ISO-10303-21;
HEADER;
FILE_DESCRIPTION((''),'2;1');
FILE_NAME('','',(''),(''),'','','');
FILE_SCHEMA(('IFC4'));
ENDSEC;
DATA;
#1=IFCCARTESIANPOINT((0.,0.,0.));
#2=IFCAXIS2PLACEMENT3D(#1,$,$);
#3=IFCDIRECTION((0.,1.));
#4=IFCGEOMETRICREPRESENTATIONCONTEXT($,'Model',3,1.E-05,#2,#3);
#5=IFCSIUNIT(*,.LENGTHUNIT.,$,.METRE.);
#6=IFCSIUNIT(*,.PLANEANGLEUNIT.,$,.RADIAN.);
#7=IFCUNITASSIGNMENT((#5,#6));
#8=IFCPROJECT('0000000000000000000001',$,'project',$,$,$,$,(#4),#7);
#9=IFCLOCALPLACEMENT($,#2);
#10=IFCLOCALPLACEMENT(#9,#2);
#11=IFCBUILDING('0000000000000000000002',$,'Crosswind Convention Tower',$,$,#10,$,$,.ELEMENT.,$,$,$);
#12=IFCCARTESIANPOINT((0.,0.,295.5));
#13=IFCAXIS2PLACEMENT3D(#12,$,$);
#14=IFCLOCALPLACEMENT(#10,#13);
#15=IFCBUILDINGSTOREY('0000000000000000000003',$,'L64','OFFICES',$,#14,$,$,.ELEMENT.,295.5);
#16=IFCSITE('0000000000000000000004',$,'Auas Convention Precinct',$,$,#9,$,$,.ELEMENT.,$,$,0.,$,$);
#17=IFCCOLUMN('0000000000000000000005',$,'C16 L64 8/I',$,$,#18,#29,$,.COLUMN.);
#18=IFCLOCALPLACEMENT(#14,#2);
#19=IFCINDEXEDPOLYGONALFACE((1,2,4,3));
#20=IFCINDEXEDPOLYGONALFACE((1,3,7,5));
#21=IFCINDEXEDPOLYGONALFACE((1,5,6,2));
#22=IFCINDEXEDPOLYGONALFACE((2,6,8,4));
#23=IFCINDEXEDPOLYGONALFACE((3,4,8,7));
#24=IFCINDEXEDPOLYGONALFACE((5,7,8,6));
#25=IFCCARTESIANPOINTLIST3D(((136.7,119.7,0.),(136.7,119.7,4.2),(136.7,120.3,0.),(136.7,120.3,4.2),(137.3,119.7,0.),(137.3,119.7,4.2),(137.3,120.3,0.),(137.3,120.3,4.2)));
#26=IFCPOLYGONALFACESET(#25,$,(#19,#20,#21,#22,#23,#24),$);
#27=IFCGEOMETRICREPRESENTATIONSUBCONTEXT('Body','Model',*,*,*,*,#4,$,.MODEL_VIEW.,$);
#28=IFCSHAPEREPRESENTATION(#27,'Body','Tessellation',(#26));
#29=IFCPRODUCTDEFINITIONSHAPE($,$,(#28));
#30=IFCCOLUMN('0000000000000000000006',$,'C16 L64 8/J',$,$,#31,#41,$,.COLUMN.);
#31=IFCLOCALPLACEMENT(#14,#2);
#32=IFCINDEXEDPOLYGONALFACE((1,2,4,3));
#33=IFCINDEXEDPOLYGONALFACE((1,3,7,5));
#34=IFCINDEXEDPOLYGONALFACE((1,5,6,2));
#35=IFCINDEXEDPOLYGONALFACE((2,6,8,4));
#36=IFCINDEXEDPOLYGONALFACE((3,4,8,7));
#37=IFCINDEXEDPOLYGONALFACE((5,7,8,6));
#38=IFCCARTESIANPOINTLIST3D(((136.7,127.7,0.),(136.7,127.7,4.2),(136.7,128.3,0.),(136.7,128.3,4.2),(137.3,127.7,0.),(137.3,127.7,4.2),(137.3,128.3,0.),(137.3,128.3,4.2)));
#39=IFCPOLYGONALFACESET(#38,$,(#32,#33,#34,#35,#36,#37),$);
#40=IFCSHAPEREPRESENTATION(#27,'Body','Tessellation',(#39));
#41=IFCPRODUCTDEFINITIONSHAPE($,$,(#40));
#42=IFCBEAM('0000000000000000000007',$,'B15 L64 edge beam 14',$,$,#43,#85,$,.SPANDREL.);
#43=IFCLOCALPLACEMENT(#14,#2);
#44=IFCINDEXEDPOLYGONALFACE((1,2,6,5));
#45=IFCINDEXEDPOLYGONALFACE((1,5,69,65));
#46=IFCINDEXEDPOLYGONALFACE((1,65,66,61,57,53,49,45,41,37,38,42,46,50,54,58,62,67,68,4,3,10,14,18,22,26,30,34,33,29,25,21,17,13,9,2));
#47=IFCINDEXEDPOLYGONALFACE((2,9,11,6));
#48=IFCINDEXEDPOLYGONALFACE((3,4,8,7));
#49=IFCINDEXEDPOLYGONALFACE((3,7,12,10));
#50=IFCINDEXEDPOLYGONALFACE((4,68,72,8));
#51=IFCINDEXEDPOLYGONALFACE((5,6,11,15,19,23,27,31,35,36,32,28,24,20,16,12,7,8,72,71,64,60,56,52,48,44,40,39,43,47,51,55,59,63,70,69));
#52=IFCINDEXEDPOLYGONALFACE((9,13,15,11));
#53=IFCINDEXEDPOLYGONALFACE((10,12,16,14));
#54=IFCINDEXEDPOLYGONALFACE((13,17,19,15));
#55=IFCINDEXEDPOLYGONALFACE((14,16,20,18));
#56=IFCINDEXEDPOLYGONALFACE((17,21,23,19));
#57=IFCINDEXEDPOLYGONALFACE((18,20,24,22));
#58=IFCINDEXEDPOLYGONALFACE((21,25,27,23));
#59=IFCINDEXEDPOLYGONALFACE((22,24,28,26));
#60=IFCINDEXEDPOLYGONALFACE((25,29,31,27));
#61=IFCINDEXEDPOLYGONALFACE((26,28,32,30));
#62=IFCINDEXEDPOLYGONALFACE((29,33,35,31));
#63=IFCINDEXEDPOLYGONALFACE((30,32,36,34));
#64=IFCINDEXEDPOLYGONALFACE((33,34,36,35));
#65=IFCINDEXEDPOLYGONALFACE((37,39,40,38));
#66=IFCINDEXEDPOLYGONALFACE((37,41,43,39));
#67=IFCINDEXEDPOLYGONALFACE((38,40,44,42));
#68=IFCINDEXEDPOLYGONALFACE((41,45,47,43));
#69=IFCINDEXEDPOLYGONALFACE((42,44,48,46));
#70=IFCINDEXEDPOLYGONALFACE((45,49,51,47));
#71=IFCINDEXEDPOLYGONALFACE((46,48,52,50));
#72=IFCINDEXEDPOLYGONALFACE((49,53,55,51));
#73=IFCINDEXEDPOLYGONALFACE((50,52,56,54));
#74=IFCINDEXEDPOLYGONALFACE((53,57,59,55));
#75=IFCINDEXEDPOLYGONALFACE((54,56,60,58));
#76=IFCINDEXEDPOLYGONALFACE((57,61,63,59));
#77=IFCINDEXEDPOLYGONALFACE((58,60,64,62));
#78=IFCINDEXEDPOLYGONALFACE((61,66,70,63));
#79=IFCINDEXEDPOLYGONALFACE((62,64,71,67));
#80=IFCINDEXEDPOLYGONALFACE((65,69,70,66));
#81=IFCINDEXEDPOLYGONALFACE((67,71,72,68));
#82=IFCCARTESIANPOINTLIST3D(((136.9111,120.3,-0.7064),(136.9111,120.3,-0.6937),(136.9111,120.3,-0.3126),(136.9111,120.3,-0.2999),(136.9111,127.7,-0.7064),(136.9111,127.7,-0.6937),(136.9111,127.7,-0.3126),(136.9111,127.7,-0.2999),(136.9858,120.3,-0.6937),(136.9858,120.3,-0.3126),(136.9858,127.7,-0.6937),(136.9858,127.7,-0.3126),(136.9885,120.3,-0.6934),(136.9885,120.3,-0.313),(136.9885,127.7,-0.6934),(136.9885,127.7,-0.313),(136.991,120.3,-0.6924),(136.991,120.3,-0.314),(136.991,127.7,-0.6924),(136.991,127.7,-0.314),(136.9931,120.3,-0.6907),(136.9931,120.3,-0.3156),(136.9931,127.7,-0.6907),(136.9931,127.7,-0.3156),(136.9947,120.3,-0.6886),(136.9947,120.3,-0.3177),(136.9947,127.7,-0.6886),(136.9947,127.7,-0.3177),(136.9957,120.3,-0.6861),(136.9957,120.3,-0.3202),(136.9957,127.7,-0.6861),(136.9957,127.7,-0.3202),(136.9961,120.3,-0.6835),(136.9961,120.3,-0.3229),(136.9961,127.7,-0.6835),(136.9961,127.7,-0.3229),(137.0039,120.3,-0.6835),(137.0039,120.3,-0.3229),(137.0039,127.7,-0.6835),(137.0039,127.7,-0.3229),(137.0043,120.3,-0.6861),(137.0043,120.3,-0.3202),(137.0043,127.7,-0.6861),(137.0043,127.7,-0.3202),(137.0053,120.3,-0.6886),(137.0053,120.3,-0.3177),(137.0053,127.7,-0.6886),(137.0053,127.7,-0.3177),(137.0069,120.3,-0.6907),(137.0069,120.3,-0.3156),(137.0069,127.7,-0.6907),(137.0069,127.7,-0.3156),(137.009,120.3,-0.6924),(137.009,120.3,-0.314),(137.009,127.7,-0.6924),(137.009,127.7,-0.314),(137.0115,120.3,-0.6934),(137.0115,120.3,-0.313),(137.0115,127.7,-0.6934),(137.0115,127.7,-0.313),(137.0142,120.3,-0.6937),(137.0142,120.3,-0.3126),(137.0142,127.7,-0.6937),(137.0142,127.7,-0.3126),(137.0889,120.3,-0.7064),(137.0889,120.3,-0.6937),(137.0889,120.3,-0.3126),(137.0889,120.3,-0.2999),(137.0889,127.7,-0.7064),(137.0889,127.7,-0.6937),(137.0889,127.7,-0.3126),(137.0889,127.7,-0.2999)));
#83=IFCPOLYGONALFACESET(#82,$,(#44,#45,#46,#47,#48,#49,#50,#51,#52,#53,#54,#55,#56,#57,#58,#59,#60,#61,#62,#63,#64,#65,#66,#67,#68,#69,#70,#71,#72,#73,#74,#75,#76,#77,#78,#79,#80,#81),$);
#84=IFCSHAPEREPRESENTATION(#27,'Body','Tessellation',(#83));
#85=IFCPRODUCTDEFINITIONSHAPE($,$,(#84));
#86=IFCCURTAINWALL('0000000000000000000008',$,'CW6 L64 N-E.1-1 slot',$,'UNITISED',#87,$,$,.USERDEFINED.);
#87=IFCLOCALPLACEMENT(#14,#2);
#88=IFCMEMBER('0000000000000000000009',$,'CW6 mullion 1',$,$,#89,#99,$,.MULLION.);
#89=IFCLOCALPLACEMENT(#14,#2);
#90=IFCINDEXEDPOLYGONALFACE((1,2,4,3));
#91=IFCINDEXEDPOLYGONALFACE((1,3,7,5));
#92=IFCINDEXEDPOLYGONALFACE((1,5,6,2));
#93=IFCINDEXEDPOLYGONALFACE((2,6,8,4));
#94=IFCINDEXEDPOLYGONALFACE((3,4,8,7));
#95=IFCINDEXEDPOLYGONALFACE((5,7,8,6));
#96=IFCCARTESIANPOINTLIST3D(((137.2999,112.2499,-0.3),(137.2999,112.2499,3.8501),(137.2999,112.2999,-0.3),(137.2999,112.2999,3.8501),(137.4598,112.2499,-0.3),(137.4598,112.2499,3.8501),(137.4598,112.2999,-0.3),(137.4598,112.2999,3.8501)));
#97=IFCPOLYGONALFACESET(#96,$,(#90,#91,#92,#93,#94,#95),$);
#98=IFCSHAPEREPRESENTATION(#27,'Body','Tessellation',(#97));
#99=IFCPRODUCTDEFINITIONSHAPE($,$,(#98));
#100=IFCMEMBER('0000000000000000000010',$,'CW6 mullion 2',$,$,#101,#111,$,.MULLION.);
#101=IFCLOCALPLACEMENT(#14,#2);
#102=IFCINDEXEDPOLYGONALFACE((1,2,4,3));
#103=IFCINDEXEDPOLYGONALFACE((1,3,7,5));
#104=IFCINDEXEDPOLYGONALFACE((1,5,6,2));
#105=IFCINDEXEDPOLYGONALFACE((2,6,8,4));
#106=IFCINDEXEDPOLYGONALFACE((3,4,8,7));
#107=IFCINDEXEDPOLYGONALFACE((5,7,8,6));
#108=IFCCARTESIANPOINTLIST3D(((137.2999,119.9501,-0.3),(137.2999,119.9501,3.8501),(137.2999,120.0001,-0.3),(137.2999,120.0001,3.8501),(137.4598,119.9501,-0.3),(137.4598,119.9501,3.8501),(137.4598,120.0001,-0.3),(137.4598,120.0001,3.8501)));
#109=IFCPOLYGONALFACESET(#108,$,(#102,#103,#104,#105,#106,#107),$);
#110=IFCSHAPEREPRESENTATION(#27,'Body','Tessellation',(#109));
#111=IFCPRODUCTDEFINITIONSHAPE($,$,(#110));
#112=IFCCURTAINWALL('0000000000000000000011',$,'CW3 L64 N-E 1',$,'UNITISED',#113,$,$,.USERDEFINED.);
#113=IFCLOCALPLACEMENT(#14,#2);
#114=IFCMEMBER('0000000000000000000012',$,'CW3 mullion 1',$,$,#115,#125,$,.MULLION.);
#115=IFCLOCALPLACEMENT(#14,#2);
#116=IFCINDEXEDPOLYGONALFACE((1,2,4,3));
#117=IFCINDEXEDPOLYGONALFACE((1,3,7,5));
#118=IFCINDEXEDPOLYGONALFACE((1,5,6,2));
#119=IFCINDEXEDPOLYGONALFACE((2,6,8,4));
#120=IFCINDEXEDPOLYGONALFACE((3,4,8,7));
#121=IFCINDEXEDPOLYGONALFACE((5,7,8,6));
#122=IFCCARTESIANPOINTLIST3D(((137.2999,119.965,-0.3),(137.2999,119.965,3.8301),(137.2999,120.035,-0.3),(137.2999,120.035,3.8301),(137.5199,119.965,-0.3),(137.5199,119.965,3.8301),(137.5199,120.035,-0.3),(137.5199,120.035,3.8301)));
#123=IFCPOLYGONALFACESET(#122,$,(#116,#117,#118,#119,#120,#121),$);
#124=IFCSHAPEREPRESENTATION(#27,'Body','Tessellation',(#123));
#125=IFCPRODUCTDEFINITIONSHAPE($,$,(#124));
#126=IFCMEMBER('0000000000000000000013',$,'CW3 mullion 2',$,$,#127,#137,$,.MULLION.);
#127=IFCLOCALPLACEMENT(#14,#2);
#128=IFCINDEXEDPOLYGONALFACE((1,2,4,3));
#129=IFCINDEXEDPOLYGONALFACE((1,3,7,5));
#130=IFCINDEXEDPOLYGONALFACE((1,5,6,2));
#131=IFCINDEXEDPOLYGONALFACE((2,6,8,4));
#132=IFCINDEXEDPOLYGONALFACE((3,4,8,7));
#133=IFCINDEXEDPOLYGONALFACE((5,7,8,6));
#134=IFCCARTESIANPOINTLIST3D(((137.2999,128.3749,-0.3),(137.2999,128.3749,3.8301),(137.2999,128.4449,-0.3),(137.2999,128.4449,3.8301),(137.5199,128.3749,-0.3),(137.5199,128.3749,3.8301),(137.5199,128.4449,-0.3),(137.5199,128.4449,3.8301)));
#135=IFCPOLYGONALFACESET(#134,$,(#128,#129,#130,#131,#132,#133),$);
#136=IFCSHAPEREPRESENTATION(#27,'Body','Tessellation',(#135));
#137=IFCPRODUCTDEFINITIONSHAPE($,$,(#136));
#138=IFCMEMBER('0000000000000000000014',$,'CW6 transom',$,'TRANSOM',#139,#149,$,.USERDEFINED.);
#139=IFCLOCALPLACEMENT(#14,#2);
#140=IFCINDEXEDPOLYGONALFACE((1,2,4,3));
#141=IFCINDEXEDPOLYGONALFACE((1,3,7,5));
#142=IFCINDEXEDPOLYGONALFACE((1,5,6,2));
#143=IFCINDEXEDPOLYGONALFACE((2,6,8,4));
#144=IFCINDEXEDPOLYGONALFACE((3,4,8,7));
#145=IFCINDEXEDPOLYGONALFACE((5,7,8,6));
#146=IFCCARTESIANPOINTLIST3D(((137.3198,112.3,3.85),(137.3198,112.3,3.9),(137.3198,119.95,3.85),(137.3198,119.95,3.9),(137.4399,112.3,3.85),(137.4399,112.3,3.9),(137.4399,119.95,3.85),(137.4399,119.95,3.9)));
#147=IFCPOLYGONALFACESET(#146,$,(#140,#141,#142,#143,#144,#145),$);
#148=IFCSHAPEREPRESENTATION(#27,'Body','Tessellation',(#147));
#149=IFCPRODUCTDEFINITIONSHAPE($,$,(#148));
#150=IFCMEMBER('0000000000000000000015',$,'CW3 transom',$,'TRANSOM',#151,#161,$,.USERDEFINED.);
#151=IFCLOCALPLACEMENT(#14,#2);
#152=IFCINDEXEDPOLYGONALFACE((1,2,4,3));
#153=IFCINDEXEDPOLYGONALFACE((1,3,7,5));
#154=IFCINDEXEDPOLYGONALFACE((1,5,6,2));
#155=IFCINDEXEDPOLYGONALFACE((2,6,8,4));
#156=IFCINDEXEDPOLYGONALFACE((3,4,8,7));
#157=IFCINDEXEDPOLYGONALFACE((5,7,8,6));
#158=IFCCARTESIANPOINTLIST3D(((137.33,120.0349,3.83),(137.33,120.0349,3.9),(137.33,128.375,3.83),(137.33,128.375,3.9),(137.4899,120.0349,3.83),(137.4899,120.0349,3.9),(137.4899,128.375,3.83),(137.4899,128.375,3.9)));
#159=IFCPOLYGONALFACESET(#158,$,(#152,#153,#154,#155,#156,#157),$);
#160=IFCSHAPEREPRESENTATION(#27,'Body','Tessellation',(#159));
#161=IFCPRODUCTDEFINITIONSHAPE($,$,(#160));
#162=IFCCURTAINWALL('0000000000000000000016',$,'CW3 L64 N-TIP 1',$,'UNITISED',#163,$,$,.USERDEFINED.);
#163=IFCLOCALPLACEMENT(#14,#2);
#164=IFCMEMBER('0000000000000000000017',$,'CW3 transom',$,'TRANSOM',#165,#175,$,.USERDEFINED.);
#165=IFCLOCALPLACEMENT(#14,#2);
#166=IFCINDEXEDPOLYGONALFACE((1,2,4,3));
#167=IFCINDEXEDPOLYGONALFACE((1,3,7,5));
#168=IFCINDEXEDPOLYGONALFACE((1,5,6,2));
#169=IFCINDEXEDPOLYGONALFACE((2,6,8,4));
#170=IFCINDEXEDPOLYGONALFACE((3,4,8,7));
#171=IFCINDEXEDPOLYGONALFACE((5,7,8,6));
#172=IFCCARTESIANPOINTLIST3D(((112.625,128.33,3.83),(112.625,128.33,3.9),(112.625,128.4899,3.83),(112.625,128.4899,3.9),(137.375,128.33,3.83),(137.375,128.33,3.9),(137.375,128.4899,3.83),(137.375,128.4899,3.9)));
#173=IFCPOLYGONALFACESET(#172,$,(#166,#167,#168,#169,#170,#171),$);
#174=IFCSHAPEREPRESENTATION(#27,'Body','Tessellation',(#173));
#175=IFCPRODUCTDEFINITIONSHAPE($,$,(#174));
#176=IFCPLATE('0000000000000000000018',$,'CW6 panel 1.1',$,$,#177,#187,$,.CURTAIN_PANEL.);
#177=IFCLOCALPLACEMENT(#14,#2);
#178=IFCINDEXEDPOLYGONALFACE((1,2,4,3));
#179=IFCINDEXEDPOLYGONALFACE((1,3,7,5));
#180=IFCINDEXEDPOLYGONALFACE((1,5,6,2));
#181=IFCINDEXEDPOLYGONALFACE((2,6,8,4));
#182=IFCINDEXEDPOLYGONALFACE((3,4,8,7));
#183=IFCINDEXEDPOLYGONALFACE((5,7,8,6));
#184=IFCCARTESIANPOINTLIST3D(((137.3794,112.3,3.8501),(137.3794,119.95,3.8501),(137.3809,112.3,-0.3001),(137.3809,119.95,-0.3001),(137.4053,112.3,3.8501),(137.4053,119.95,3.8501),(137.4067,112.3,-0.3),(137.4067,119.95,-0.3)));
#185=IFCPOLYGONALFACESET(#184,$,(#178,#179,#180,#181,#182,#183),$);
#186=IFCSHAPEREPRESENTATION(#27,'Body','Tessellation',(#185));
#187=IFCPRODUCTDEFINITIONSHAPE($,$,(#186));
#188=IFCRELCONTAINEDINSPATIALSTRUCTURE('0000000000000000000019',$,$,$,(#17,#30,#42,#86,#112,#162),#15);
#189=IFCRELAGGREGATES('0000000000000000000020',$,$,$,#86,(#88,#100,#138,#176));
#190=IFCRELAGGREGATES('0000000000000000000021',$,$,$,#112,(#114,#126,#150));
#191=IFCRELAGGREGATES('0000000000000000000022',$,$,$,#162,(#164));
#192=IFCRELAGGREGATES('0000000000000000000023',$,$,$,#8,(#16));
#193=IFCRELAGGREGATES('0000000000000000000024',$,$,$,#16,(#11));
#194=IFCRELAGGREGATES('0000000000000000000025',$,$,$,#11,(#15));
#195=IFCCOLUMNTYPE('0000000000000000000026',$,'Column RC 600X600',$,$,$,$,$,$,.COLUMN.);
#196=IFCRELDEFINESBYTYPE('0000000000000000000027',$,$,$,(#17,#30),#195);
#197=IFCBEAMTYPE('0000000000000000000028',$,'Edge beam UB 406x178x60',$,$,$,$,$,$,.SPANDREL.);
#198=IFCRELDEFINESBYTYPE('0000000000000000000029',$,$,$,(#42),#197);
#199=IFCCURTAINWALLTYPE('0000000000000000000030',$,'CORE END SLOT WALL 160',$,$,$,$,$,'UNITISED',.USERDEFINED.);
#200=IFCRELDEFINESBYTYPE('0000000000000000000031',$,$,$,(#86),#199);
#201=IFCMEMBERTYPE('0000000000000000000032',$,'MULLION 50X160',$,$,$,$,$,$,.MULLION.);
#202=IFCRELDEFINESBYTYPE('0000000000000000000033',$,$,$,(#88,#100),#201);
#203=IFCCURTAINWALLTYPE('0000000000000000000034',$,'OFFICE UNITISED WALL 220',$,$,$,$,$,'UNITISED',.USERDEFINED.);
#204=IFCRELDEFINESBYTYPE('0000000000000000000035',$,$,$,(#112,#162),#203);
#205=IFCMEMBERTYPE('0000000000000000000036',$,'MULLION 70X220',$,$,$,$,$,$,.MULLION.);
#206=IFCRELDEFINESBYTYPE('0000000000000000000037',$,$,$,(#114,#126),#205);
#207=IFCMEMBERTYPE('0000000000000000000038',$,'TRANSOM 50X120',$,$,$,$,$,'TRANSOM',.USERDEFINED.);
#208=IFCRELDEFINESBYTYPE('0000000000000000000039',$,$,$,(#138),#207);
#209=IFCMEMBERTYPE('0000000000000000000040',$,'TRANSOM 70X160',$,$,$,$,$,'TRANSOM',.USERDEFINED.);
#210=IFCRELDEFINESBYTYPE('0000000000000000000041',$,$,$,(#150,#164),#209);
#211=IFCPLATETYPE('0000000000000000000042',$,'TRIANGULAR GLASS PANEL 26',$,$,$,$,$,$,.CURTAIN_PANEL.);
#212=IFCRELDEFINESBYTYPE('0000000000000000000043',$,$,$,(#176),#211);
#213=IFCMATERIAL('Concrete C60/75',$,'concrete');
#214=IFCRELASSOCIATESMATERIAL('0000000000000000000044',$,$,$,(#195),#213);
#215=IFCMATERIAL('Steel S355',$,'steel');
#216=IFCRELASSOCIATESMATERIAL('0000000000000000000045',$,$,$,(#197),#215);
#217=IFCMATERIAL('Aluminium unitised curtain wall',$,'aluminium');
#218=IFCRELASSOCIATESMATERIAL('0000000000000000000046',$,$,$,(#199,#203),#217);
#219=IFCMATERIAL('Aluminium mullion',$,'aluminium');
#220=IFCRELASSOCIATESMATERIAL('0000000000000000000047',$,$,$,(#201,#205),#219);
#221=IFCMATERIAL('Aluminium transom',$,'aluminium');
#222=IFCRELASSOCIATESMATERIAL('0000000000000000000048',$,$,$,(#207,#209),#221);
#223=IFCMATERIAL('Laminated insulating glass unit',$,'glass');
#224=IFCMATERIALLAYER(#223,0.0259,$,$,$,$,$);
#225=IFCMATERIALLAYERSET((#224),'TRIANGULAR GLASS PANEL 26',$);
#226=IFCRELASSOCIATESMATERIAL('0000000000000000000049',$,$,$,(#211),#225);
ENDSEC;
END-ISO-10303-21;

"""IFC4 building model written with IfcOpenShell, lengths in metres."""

from ifc_helpers import new_model, si_unit, direction, frame, origin, origin_2d, place, context, subcontext, project, spatial, polyline, rectangle, i_section, outline, extrude, material, layer, layer_set, material_profile, profile_set, type_object, element, aggregate, save


model = new_model("IFC4")

# Units and contexts
model_context = context("Model", 3, precision=1e-05, world=origin(), true_north=direction((0.0, 1.0)))
body_context = subcontext(model_context, "Body", "Model", "MODEL_VIEW")
ifc_project = project(units=[si_unit("LENGTHUNIT", "METRE"), si_unit("PLANEANGLEUNIT", "RADIAN")], contexts=[model_context])

# Site, building, storey
site_placement = place(None, origin())
site = spatial("IfcSite", under=ifc_project, at=site_placement, Name="Auas Convention Precinct", CompositionType="ELEMENT", RefElevation=0.0)
building_placement = place(site_placement, origin())
building = spatial("IfcBuilding", under=site, at=building_placement, Name="Crosswind Convention Tower", CompositionType="ELEMENT")
storey_placement = place(building_placement, frame((0.0, 0.0, 295.5)))
storey = spatial("IfcBuildingStorey", under=building, at=storey_placement, Name="L64", Description="OFFICES", CompositionType="ELEMENT", Elevation=295.5)

# Columns
ifc_material_1 = material(Name="Concrete C60/75", Category="concrete")
ifc_material_profile_1 = material_profile(ifc_material_1, rectangle(XDim=0.6001, YDim=0.6001, at=origin_2d()), Name="RC 600X600")
ifc_profile_set_1 = profile_set([ifc_material_profile_1], Name="Concrete C60/75")
column_type = type_object("IfcColumnType", Name="Column RC 600X600", PredefinedType="COLUMN", material=ifc_profile_set_1)
for number, where, z_axis, x_axis, name in (
    (1, (137.0, 120.0, 0.0), (0.0, 0.0, 1.0), (1.0, 0.0, 0.0), "C16 L64 8/I"),
    (2, (137.0, 128.0, 0.0), (0.0, 0.0, 1.0), (1.0, 0.0, 0.0), "C16 L64 8/J"),
):
    element("IfcColumn", number, at=place(storey_placement, frame(where, z_axis=z_axis, x_axis=x_axis)), inside=storey, type_object=column_type, Name=name, PredefinedType="COLUMN", context=body_context, shape_type="SweptSolid", body=[
        extrude(rectangle(XDim=0.6001, YDim=0.6001, at=origin_2d()), origin(), (0.0, 0.0, 1.0), 4.2),
    ])

# Beam
ifc_material_2 = material(Name="Steel S355", Category="steel")
ifc_material_profile_2 = material_profile(ifc_material_2, i_section(OverallWidth=0.1777, OverallDepth=0.4065, WebThickness=0.0078, FlangeThickness=0.0127, FilletRadius=0.0103, at=origin_2d()), Name="UB 406x178x60")
ifc_profile_set_2 = profile_set([ifc_material_profile_2], Name="Steel S355")
beam_type = type_object("IfcBeamType", Name="Edge beam UB 406x178x60", PredefinedType="SPANDREL", material=ifc_profile_set_2)
beam_placement = place(storey_placement, frame((137.0, 120.3, -0.5032), z_axis=(0.0, 1.0, 0.0), x_axis=(-1.0, 0.0, 0.0)))
element("IfcBeam", 3, at=beam_placement, inside=storey, type_object=beam_type, Name="B15 L64 edge beam 14", PredefinedType="SPANDREL", context=body_context, shape_type="SweptSolid", body=[
    extrude(i_section(OverallWidth=0.1777, OverallDepth=0.4065, WebThickness=0.0078, FlangeThickness=0.0127, FilletRadius=0.0103, at=origin_2d()), origin(), (0.0, 0.0, 1.0), 7.3999),
])

# Curtain walls, members
ifc_material_3 = material(Name="Aluminium unitised curtain wall", Category="aluminium")
curtain_wall_type_1 = type_object("IfcCurtainWallType", Name="CORE END SLOT WALL 160", ElementType="UNITISED", PredefinedType="USERDEFINED", material=ifc_material_3)
curtain_wall_1_placement = place(storey_placement, origin())
curtain_wall_1 = element("IfcCurtainWall", 4, at=curtain_wall_1_placement, inside=storey, type_object=curtain_wall_type_1, Name="CW6 L64 N-E.1-1 slot", ObjectType="UNITISED", PredefinedType="USERDEFINED")
ifc_material_4 = material(Name="Aluminium mullion", Category="aluminium")
ifc_material_profile_3 = material_profile(ifc_material_4, rectangle(XDim=0.1599, YDim=0.05, at=origin_2d()), Name="AL 160X50")
ifc_profile_set_3 = profile_set([ifc_material_profile_3], Name="Aluminium mullion")
member_type_1 = type_object("IfcMemberType", Name="MULLION 50X160", PredefinedType="MULLION", material=ifc_profile_set_3)
member_1_placement = place(storey_placement, frame((137.3799, 112.2749, -0.3), z_axis=(0.0, 0.0, 1.0), x_axis=(1.0, 0.0, 0.0)))
member_1 = element("IfcMember", 5, at=member_1_placement, type_object=member_type_1, Name="CW6 mullion 1", PredefinedType="MULLION", context=body_context, shape_type="SweptSolid", body=[
    extrude(rectangle(XDim=0.1599, YDim=0.05, at=origin_2d()), origin(), (0.0, 0.0, 1.0), 4.1501),
])
member_2_placement = place(storey_placement, frame((137.3799, 119.9751, -0.3), z_axis=(0.0, 0.0, 1.0), x_axis=(1.0, 0.0, 0.0)))
member_2 = element("IfcMember", 6, at=member_2_placement, type_object=member_type_1, Name="CW6 mullion 2", PredefinedType="MULLION", context=body_context, shape_type="SweptSolid", body=[
    extrude(rectangle(XDim=0.1599, YDim=0.05, at=origin_2d()), origin(), (0.0, 0.0, 1.0), 4.1501),
])
curtain_wall_type_2 = type_object("IfcCurtainWallType", Name="OFFICE UNITISED WALL 220", ElementType="UNITISED", PredefinedType="USERDEFINED", material=ifc_material_3)
curtain_wall_2_placement = place(storey_placement, origin())
curtain_wall_2 = element("IfcCurtainWall", 7, at=curtain_wall_2_placement, inside=storey, type_object=curtain_wall_type_2, Name="CW3 L64 N-E 1", ObjectType="UNITISED", PredefinedType="USERDEFINED")
ifc_material_profile_4 = material_profile(ifc_material_4, rectangle(XDim=0.22, YDim=0.0701, at=origin_2d()), Name="AL 220X70")
ifc_profile_set_4 = profile_set([ifc_material_profile_4], Name="Aluminium mullion")
member_type_2 = type_object("IfcMemberType", Name="MULLION 70X220", PredefinedType="MULLION", material=ifc_profile_set_4)
member_3_placement = place(storey_placement, frame((137.4099, 120.0, -0.3), z_axis=(0.0, 0.0, 1.0), x_axis=(1.0, 0.0, 0.0)))
member_3 = element("IfcMember", 8, at=member_3_placement, type_object=member_type_2, Name="CW3 mullion 1", PredefinedType="MULLION", context=body_context, shape_type="SweptSolid", body=[
    extrude(rectangle(XDim=0.22, YDim=0.0701, at=origin_2d()), origin(), (0.0, 0.0, 1.0), 4.1301),
])
member_4_placement = place(storey_placement, frame((137.4099, 128.4099, -0.3), z_axis=(0.0, 0.0, 1.0), x_axis=(1.0, 0.0, 0.0)))
member_4 = element("IfcMember", 9, at=member_4_placement, type_object=member_type_2, Name="CW3 mullion 2", PredefinedType="MULLION", context=body_context, shape_type="SweptSolid", body=[
    extrude(rectangle(XDim=0.22, YDim=0.0701, at=origin_2d()), origin(), (0.0, 0.0, 1.0), 4.1301),
])

# Members
ifc_material_5 = material(Name="Aluminium transom", Category="aluminium")
ifc_material_profile_5 = material_profile(ifc_material_5, rectangle(XDim=0.1201, YDim=0.05, at=origin_2d()), Name="AL 120X50")
ifc_profile_set_5 = profile_set([ifc_material_profile_5], Name="Aluminium transom")
member_type_3 = type_object("IfcMemberType", Name="TRANSOM 50X120", ElementType="TRANSOM", PredefinedType="USERDEFINED", material=ifc_profile_set_5)
member_5_placement = place(storey_placement, frame((137.3799, 112.3, 3.875), z_axis=(0.0, 1.0, 0.0), x_axis=(-1.0, 0.0, 0.0)))
member_5 = element("IfcMember", 10, at=member_5_placement, type_object=member_type_3, Name="CW6 transom", ObjectType="TRANSOM", PredefinedType="USERDEFINED", context=body_context, shape_type="SweptSolid", body=[
    extrude(rectangle(XDim=0.1201, YDim=0.05, at=origin_2d()), origin(), (0.0, 0.0, 1.0), 7.6499),
])
ifc_material_profile_6 = material_profile(ifc_material_5, rectangle(XDim=0.1599, YDim=0.0701, at=origin_2d()), Name="AL 160X70")
ifc_profile_set_6 = profile_set([ifc_material_profile_6], Name="Aluminium transom")
member_type_4 = type_object("IfcMemberType", Name="TRANSOM 70X160", ElementType="TRANSOM", PredefinedType="USERDEFINED", material=ifc_profile_set_6)
member_6_placement = place(storey_placement, frame((137.4099, 120.0349, 3.865), z_axis=(0.0, 1.0, 0.0), x_axis=(-1.0, 0.0, 0.0)))
member_6 = element("IfcMember", 11, at=member_6_placement, type_object=member_type_4, Name="CW3 transom", ObjectType="TRANSOM", PredefinedType="USERDEFINED", context=body_context, shape_type="SweptSolid", body=[
    extrude(rectangle(XDim=0.1599, YDim=0.0701, at=origin_2d()), origin(), (0.0, 0.0, 1.0), 8.3401),
])

# Curtain wall, member
curtain_wall_3_placement = place(storey_placement, origin())
curtain_wall_3 = element("IfcCurtainWall", 12, at=curtain_wall_3_placement, inside=storey, type_object=curtain_wall_type_2, Name="CW3 L64 N-TIP 1", ObjectType="UNITISED", PredefinedType="USERDEFINED")
member_7_placement = place(storey_placement, frame((137.375, 128.4099, 3.865), z_axis=(-1.0, 0.0, 0.0), x_axis=(0.0, -1.0, 0.0)))
member_7 = element("IfcMember", 13, at=member_7_placement, type_object=member_type_4, Name="CW3 transom", ObjectType="TRANSOM", PredefinedType="USERDEFINED", context=body_context, shape_type="SweptSolid", body=[
    extrude(rectangle(XDim=0.1599, YDim=0.0701, at=origin_2d()), origin(), (0.0, 0.0, 1.0), 24.75),
])

# Plate
ifc_material_6 = material(Name="Laminated insulating glass unit", Category="glass")
ifc_layer_1 = layer(ifc_material_6, 0.0259)
ifc_layer_set_1 = layer_set([ifc_layer_1], Name="TRIANGULAR GLASS PANEL 26")
plate_type_1 = type_object("IfcPlateType", Name="TRIANGULAR GLASS PANEL 26", PredefinedType="CURTAIN_PANEL", material=ifc_layer_set_1)
plate_1_placement = place(storey_placement, frame((137.4067, 112.3, -0.3), z_axis=(1.0, 0.0, 0.000353), x_axis=(0.0, 1.0, 0.0)))
plate_1 = element("IfcPlate", 14, at=plate_1_placement, type_object=plate_type_1, Name="CW6 panel 1.1", PredefinedType="CURTAIN_PANEL", context=body_context, shape_type="SweptSolid", body=[
    extrude(outline(polyline([(0.0, 0.0), (7.6499, 0.0), (7.6499, 4.1501), (0.0, 4.1501), (0.0, 0.0)])), origin(), (0.0, 0.0, -1.0), 0.0259),
])
aggregate(curtain_wall_1, [member_1, member_2, member_5, plate_1])

aggregate(curtain_wall_2, [member_3, member_4, member_6])
aggregate(curtain_wall_3, [member_7])

save(model, "model.ifc")
